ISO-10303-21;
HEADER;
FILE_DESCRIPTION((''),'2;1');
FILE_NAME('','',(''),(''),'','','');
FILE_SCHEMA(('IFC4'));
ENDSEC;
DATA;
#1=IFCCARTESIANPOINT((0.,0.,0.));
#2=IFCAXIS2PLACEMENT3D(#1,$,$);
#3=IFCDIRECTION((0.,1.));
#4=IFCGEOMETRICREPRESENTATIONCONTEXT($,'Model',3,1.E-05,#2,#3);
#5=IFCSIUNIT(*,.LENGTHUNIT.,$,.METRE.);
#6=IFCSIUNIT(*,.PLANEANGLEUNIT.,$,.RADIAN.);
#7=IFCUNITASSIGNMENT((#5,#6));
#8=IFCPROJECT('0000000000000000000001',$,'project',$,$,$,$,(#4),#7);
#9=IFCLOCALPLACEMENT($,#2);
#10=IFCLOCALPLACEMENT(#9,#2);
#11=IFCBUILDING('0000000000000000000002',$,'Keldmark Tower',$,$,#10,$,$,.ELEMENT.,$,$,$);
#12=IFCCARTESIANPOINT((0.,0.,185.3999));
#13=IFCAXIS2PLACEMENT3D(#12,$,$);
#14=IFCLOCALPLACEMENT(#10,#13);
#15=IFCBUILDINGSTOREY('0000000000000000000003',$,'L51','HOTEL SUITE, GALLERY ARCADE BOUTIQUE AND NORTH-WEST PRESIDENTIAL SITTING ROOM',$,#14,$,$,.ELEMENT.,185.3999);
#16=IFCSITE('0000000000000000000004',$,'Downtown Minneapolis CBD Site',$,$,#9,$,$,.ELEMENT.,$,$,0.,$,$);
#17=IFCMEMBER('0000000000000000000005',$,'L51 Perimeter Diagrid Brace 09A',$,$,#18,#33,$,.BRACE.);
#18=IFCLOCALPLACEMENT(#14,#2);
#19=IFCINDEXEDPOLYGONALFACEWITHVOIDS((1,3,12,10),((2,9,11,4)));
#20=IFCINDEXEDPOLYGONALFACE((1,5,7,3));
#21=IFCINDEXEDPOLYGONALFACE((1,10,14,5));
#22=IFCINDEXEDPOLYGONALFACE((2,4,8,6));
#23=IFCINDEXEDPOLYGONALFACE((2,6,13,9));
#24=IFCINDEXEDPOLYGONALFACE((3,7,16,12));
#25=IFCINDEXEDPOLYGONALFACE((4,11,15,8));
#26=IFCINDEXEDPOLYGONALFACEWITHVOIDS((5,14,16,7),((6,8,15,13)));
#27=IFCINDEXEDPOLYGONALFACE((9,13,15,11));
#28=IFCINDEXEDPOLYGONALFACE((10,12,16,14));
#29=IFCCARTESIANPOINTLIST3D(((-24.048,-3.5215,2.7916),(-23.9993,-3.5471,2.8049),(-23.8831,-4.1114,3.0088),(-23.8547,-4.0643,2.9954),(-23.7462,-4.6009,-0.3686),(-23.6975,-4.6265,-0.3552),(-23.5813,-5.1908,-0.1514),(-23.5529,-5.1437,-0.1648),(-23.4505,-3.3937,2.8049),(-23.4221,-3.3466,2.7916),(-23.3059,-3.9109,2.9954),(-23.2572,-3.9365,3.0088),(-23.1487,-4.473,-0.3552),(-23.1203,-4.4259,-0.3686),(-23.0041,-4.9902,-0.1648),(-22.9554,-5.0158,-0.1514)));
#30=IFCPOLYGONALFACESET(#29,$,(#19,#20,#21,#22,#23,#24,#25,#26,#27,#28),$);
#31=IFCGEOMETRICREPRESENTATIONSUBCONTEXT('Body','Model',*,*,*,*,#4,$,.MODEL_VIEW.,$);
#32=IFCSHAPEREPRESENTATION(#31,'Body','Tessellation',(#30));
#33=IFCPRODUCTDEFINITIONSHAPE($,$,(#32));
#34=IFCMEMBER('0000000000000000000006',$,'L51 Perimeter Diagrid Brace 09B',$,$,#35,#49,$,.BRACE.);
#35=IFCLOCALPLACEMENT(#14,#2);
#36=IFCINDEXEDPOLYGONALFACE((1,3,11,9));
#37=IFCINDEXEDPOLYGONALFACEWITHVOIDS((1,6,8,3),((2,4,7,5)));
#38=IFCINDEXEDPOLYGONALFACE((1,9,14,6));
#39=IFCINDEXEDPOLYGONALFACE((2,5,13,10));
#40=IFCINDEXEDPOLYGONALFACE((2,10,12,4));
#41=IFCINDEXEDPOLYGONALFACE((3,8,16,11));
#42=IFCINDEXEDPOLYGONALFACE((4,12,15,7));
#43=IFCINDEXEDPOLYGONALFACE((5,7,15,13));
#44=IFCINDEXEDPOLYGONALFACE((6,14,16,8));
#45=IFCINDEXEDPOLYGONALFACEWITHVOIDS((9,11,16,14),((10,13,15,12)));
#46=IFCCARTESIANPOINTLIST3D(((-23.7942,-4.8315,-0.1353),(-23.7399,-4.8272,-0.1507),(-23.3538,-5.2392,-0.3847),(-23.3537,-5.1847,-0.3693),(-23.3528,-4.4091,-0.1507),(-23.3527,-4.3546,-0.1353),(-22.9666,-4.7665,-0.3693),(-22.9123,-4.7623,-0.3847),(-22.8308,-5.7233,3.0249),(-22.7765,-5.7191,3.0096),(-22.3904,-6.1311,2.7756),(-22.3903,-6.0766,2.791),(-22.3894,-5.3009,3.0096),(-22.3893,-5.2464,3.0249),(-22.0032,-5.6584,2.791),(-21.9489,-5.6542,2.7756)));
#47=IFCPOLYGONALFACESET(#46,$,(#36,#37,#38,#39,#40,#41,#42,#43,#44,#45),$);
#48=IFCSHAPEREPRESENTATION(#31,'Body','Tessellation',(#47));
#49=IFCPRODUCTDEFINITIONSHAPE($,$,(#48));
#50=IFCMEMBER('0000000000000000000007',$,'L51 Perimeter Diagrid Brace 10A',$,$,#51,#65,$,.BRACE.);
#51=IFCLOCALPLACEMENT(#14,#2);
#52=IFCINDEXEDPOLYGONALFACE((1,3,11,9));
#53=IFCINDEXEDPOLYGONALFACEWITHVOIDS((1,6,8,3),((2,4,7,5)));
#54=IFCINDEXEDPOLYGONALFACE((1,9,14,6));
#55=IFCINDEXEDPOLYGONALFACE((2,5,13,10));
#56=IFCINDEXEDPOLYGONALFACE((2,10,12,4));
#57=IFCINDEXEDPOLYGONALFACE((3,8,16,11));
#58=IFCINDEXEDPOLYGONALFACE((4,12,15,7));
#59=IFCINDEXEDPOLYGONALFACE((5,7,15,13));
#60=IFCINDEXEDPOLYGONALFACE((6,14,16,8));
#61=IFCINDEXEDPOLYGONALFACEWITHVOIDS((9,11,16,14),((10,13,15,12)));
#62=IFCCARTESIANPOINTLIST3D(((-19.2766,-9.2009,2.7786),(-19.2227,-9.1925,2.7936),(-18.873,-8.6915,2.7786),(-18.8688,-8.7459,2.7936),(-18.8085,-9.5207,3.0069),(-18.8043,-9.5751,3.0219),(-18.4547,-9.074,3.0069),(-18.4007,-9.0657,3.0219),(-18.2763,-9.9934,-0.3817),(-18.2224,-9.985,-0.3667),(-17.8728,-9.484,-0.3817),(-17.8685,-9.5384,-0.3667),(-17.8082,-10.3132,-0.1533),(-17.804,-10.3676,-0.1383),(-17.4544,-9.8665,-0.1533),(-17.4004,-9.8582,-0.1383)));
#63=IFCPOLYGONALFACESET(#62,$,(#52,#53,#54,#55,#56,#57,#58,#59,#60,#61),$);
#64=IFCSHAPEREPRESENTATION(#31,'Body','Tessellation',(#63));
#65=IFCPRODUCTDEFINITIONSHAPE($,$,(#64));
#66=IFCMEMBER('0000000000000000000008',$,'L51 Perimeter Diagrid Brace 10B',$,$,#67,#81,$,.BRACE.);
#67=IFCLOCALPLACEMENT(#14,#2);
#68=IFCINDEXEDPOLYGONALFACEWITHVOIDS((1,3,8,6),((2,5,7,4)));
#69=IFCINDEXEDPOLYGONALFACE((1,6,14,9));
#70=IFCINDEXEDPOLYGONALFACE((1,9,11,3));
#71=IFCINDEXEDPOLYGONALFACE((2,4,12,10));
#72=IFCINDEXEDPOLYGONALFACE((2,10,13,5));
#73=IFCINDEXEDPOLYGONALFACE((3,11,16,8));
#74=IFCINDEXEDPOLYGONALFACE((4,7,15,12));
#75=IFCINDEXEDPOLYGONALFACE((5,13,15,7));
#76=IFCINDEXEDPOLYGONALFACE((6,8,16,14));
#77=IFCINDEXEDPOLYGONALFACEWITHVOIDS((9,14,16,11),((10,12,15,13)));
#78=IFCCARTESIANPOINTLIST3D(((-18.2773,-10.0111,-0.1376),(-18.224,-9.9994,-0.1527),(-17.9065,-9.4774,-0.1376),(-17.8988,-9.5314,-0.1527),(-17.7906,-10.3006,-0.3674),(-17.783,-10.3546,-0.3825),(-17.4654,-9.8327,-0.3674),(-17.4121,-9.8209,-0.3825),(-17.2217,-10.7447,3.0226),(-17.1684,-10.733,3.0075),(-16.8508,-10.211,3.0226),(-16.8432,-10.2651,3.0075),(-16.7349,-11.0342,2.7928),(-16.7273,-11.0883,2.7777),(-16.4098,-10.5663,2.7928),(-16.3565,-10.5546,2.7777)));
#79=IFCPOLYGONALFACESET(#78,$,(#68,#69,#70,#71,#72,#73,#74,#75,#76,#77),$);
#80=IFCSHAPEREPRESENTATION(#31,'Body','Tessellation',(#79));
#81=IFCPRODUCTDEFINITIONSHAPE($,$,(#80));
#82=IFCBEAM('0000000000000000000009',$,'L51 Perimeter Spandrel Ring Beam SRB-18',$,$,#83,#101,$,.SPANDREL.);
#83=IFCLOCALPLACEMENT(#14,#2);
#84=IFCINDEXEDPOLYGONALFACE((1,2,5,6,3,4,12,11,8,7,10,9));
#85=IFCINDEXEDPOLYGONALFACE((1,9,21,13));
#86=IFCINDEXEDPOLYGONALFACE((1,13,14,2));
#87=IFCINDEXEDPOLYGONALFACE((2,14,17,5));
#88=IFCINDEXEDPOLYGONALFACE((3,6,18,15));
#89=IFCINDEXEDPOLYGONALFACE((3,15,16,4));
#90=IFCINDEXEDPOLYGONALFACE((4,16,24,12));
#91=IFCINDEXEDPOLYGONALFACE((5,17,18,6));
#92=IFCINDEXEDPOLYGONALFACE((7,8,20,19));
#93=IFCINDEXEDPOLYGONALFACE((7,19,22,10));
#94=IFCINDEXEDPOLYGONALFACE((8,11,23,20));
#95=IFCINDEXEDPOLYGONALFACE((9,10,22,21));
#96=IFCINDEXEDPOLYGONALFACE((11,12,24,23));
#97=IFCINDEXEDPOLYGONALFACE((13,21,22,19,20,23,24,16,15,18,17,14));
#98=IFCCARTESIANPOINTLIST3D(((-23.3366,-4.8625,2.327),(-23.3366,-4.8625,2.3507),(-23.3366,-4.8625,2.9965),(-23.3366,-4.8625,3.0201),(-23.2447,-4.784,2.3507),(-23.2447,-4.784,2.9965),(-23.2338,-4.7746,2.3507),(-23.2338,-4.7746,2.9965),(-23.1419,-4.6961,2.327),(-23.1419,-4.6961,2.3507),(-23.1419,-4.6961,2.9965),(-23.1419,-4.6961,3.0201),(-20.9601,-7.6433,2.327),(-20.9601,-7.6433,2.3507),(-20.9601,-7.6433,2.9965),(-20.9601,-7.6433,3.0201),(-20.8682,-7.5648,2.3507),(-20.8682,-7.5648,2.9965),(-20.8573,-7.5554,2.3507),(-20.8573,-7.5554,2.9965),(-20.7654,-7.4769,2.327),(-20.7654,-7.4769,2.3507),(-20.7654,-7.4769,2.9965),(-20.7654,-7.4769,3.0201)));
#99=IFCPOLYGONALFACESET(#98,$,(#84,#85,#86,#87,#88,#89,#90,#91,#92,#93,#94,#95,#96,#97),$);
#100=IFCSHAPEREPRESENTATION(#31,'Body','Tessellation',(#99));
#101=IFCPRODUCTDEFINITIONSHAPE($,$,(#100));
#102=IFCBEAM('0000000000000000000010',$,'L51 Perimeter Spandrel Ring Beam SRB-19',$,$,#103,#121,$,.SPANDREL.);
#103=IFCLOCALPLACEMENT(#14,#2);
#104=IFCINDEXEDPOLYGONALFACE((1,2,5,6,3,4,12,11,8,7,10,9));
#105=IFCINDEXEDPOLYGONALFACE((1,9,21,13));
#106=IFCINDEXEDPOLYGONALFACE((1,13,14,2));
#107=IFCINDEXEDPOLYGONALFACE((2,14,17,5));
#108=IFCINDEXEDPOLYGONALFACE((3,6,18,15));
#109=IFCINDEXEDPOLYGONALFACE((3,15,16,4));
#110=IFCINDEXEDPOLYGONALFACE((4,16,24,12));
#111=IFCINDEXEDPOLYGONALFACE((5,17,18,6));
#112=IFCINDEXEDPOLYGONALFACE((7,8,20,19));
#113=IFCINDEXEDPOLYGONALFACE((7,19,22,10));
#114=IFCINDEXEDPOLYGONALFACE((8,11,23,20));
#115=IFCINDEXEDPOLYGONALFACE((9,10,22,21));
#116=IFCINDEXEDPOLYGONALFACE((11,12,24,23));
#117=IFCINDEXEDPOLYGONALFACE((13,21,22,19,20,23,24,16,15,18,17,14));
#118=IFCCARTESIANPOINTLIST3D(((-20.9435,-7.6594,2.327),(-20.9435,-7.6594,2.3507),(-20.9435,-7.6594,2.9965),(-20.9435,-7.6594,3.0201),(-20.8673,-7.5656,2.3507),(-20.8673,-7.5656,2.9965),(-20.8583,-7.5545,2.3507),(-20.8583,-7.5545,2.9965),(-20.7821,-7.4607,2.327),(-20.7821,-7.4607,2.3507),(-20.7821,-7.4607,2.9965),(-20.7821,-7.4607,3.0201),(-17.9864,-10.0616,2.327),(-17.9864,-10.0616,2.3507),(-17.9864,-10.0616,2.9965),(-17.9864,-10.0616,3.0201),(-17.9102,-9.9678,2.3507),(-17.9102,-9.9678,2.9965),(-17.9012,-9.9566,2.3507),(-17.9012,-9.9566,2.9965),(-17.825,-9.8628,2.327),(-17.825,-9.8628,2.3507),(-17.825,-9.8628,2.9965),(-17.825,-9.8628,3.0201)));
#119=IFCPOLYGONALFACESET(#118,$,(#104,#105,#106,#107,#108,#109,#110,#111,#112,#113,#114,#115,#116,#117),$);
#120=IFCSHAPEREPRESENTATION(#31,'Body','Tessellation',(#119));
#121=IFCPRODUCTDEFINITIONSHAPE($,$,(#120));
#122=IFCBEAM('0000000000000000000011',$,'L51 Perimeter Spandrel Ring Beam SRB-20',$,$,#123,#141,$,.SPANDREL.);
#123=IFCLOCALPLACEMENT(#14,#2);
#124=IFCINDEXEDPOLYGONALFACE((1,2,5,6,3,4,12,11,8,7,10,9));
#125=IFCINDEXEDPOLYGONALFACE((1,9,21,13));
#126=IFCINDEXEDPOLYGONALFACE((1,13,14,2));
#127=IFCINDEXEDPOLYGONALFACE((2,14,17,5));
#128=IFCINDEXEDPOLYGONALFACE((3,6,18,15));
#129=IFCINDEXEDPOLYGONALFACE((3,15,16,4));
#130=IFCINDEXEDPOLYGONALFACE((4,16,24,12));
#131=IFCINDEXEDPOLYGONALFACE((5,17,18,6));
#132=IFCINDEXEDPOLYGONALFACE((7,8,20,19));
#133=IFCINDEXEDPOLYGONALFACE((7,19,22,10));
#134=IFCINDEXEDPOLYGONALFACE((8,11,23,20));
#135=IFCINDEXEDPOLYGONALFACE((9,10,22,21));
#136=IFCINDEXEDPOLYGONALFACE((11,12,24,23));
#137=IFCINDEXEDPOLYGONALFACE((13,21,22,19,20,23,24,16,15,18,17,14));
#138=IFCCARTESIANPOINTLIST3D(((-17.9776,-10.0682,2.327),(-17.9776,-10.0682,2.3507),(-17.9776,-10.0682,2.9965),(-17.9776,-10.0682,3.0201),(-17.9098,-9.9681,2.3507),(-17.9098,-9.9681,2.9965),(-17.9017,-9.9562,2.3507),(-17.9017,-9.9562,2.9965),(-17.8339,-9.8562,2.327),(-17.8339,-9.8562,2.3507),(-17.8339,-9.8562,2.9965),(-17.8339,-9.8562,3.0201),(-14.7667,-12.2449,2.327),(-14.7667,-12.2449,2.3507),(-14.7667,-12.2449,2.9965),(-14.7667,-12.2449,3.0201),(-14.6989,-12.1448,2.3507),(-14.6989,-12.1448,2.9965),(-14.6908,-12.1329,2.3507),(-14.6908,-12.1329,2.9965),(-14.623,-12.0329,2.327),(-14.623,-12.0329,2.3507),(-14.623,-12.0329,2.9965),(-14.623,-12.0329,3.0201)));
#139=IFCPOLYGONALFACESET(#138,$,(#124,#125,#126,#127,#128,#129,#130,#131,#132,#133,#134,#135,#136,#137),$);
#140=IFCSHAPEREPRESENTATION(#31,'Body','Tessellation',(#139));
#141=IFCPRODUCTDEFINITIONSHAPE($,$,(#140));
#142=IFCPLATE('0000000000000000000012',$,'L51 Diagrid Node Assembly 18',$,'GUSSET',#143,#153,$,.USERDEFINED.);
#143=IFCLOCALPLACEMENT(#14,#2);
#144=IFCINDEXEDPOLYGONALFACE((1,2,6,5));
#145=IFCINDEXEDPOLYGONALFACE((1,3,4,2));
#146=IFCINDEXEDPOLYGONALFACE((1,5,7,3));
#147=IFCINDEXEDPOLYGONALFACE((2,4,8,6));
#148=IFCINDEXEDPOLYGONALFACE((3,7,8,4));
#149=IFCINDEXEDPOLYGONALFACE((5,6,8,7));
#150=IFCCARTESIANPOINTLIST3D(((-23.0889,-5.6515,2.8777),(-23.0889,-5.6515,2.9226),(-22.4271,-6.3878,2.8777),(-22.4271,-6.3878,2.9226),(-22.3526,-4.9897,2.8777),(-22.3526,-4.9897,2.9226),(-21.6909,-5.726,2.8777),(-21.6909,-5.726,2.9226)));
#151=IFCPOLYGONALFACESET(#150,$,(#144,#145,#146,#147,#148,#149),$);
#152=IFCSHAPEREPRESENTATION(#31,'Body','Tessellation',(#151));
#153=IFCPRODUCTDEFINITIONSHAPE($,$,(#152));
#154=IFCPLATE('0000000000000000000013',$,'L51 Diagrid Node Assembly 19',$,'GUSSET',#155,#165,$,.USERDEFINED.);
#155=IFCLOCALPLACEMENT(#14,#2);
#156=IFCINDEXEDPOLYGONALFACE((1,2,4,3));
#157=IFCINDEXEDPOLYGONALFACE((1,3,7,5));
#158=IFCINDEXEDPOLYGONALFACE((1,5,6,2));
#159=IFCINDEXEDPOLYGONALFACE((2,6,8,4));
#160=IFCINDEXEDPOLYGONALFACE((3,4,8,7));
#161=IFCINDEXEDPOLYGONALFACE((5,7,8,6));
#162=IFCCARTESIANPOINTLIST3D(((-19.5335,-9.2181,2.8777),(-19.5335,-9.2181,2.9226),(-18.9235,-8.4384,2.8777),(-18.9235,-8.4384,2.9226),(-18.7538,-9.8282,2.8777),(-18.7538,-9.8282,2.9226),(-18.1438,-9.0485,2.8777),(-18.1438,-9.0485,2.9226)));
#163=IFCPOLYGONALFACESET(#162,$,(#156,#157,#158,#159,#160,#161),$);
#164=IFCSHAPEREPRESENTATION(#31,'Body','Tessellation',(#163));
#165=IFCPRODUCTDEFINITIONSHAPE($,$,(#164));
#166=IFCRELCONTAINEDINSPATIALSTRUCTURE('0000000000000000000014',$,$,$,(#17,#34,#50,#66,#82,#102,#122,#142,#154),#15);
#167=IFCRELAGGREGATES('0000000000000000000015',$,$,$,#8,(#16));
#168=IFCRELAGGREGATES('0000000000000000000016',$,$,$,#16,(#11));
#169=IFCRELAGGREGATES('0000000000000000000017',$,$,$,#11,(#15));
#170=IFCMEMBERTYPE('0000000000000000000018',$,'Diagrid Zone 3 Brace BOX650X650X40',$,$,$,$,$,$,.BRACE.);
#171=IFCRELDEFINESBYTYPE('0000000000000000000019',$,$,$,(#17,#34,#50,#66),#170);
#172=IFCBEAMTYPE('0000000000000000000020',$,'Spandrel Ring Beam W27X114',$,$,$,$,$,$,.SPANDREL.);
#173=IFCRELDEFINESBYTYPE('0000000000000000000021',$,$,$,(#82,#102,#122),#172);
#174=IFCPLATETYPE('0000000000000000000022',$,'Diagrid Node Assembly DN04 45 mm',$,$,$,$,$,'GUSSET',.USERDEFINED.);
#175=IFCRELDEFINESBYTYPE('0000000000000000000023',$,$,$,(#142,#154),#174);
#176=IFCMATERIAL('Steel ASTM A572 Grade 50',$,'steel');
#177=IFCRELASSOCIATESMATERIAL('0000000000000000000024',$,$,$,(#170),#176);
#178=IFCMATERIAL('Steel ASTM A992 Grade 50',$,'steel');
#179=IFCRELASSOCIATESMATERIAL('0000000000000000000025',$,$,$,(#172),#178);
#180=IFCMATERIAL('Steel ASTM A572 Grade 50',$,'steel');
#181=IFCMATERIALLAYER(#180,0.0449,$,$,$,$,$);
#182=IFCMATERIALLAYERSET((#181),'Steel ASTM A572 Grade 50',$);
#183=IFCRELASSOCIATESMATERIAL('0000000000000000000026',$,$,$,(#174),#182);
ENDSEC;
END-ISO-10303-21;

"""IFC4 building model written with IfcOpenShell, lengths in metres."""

from ifc_helpers import new_model, si_unit, direction, frame, origin, origin_2d, place, context, subcontext, project, spatial, rectangle, hollow_rectangle, i_section, extrude, material, layer, layer_set, material_profile, profile_set, type_object, element, save


model = new_model("IFC4")

# Units and contexts
model_context = context("Model", 3, precision=1e-05, world=origin(), true_north=direction((0.0, 1.0)))
body_context = subcontext(model_context, "Body", "Model", "MODEL_VIEW")
ifc_project = project(units=[si_unit("LENGTHUNIT", "METRE"), si_unit("PLANEANGLEUNIT", "RADIAN")], contexts=[model_context])

# Site, building, storey
site_placement = place(None, origin())
site = spatial("IfcSite", under=ifc_project, at=site_placement, Name="Downtown Minneapolis CBD Site", CompositionType="ELEMENT", RefElevation=0.0)
building_placement = place(site_placement, origin())
building = spatial("IfcBuilding", under=site, at=building_placement, Name="Keldmark Tower", CompositionType="ELEMENT")
storey_placement = place(building_placement, frame((0.0, 0.0, 185.3999)))
storey = spatial("IfcBuildingStorey", under=building, at=storey_placement, Name="L51", Description="HOTEL SUITE, GALLERY ARCADE BOUTIQUE AND NORTH-WEST PRESIDENTIAL SITTING ROOM", CompositionType="ELEMENT", Elevation=185.3999)

# Members
ifc_material_1 = material(Name="Steel ASTM A572 Grade 50", Category="steel")
ifc_material_profile_1 = material_profile(ifc_material_1, hollow_rectangle(XDim=0.6499, YDim=0.6499, WallThickness=0.04, at=origin_2d()), Name="BOX650X650X40")
ifc_profile_set_1 = profile_set([ifc_material_profile_1], Name="Steel ASTM A572 Grade 50")
member_type = type_object("IfcMemberType", Name="Diagrid Zone 3 Brace BOX650X650X40", PredefinedType="BRACE", material=ifc_profile_set_1)
member_1_placement = place(storey_placement, frame((-23.3508, -4.8083, -0.26), z_axis=(-0.089996, 0.321904, 0.942485), x_axis=(-0.96307, -0.26925, 0.0)))
element("IfcMember", 1, at=member_1_placement, inside=storey, type_object=member_type, Name="L51 Perimeter Diagrid Brace 09A", PredefinedType="BRACE", context=body_context, shape_type="SweptSolid", body=[
    extrude(hollow_rectangle(XDim=0.6499, YDim=0.6499, WallThickness=0.04, at=origin_2d()), origin(), (0.0, 0.0, 1.0), 3.353),
])
member_2_placement = place(storey_placement, frame((-23.3533, -4.7969, -0.26), z_axis=(0.281525, -0.260621, 0.923483), x_axis=(0.679338, 0.733826, 0.0)))
element("IfcMember", 2, at=member_2_placement, inside=storey, type_object=member_type, Name="L51 Perimeter Diagrid Brace 09B", PredefinedType="BRACE", context=body_context, shape_type="SweptSolid", body=[
    extrude(hollow_rectangle(XDim=0.6499, YDim=0.6499, WallThickness=0.04, at=origin_2d()), origin(), (0.0, 0.0, 1.0), 3.4221),
])
member_3_placement = place(storey_placement, frame((-17.8384, -9.9258, -0.26), z_axis=(-0.293491, 0.232529, 0.92725), x_axis=(-0.621002, -0.783809, 0.0)))
element("IfcMember", 3, at=member_3_placement, inside=storey, type_object=member_type, Name="L51 Perimeter Diagrid Brace 10A", PredefinedType="BRACE", context=body_context, shape_type="SweptSolid", body=[
    extrude(hollow_rectangle(XDim=0.6499, YDim=0.6499, WallThickness=0.04, at=origin_2d()), origin(), (0.0, 0.0, 1.0), 3.4082),
])
member_4_placement = place(storey_placement, frame((-17.8447, -9.916, -0.26), z_axis=(0.309431, -0.215041, 0.926288), x_axis=(0.57068, 0.821172, 0.0)))
element("IfcMember", 4, at=member_4_placement, inside=storey, type_object=member_type, Name="L51 Perimeter Diagrid Brace 10B", PredefinedType="BRACE", context=body_context, shape_type="SweptSolid", body=[
    extrude(hollow_rectangle(XDim=0.6499, YDim=0.6499, WallThickness=0.04, at=origin_2d()), origin(), (0.0, 0.0, 1.0), 3.4116),
])

# Beams
ifc_material_2 = material(Name="Steel ASTM A992 Grade 50", Category="steel")
ifc_material_profile_2 = material_profile(ifc_material_2, i_section(OverallWidth=0.2561, OverallDepth=0.6931, WebThickness=0.0144, FlangeThickness=0.0237, at=origin_2d()), Name="W27X114")
ifc_profile_set_2 = profile_set([ifc_material_profile_2], Name="Steel ASTM A992 Grade 50")
beam_type = type_object("IfcBeamType", Name="Spandrel Ring Beam W27X114", PredefinedType="SPANDREL", material=ifc_profile_set_2)
beam_1_placement = place(storey_placement, frame((-23.2393, -4.7793, 2.6736), z_axis=(0.64968, -0.760207, 0.0), x_axis=(0.760207, 0.64968, 0.0)))
element("IfcBeam", 5, at=beam_1_placement, inside=storey, type_object=beam_type, Name="L51 Perimeter Spandrel Ring Beam SRB-18", PredefinedType="SPANDREL", context=body_context, shape_type="SweptSolid", body=[
    extrude(i_section(OverallWidth=0.2561, OverallDepth=0.6931, WebThickness=0.0144, FlangeThickness=0.0237, at=origin_2d()), origin(), (0.0, 0.0, 1.0), 3.658),
])
beam_2_placement = place(storey_placement, frame((-20.8628, -7.5601, 2.6736), z_axis=(0.776177, -0.630515, 0.0), x_axis=(0.630515, 0.776177, 0.0)))
element("IfcBeam", 6, at=beam_2_placement, inside=storey, type_object=beam_type, Name="L51 Perimeter Spandrel Ring Beam SRB-19", PredefinedType="SPANDREL", context=body_context, shape_type="SweptSolid", body=[
    extrude(i_section(OverallWidth=0.2561, OverallDepth=0.6931, WebThickness=0.0144, FlangeThickness=0.0237, at=origin_2d()), origin(), (0.0, 0.0, 1.0), 3.8098),
])
beam_3_placement = place(storey_placement, frame((-17.9058, -9.9622, 2.6736), z_axis=(0.827726, -0.561132, 0.0), x_axis=(0.561132, 0.827726, 0.0)))
element("IfcBeam", 7, at=beam_3_placement, inside=storey, type_object=beam_type, Name="L51 Perimeter Spandrel Ring Beam SRB-20", PredefinedType="SPANDREL", context=body_context, shape_type="SweptSolid", body=[
    extrude(i_section(OverallWidth=0.2561, OverallDepth=0.6931, WebThickness=0.0144, FlangeThickness=0.0237, at=origin_2d()), origin(), (0.0, 0.0, 1.0), 3.8792),
])

# Plates
ifc_material_3 = material(Name="Steel ASTM A572 Grade 50", Category="steel")
ifc_layer_1 = layer(ifc_material_3, 0.0449)
ifc_layer_set_1 = layer_set([ifc_layer_1], Name="Steel ASTM A572 Grade 50")
plate_type = type_object("IfcPlateType", Name="Diagrid Node Assembly DN04 45 mm", ElementType="GUSSET", PredefinedType="USERDEFINED", material=ifc_layer_set_1)
for number, where, z_axis, x_axis, name in (
    (8, (-22.3899, -5.6887, 2.8777), (0.0, 0.0, 1.0), (0.668482, -0.743728, 0.0), "L51 Diagrid Node Assembly 18"),
    (9, (-18.8386, -9.1333, 2.8777), (0.0, 0.0, 1.0), (0.787581, -0.616211, 0.0), "L51 Diagrid Node Assembly 19"),
):
    element("IfcPlate", number, at=place(storey_placement, frame(where, z_axis=z_axis, x_axis=x_axis)), inside=storey, type_object=plate_type, Name=name, ObjectType="GUSSET", PredefinedType="USERDEFINED", context=body_context, shape_type="SweptSolid", body=[
        extrude(rectangle(XDim=0.99, YDim=0.99, at=origin_2d()), origin(), (0.0, 0.0, 1.0), 0.0449),
    ])

save(model, "model.ifc")
